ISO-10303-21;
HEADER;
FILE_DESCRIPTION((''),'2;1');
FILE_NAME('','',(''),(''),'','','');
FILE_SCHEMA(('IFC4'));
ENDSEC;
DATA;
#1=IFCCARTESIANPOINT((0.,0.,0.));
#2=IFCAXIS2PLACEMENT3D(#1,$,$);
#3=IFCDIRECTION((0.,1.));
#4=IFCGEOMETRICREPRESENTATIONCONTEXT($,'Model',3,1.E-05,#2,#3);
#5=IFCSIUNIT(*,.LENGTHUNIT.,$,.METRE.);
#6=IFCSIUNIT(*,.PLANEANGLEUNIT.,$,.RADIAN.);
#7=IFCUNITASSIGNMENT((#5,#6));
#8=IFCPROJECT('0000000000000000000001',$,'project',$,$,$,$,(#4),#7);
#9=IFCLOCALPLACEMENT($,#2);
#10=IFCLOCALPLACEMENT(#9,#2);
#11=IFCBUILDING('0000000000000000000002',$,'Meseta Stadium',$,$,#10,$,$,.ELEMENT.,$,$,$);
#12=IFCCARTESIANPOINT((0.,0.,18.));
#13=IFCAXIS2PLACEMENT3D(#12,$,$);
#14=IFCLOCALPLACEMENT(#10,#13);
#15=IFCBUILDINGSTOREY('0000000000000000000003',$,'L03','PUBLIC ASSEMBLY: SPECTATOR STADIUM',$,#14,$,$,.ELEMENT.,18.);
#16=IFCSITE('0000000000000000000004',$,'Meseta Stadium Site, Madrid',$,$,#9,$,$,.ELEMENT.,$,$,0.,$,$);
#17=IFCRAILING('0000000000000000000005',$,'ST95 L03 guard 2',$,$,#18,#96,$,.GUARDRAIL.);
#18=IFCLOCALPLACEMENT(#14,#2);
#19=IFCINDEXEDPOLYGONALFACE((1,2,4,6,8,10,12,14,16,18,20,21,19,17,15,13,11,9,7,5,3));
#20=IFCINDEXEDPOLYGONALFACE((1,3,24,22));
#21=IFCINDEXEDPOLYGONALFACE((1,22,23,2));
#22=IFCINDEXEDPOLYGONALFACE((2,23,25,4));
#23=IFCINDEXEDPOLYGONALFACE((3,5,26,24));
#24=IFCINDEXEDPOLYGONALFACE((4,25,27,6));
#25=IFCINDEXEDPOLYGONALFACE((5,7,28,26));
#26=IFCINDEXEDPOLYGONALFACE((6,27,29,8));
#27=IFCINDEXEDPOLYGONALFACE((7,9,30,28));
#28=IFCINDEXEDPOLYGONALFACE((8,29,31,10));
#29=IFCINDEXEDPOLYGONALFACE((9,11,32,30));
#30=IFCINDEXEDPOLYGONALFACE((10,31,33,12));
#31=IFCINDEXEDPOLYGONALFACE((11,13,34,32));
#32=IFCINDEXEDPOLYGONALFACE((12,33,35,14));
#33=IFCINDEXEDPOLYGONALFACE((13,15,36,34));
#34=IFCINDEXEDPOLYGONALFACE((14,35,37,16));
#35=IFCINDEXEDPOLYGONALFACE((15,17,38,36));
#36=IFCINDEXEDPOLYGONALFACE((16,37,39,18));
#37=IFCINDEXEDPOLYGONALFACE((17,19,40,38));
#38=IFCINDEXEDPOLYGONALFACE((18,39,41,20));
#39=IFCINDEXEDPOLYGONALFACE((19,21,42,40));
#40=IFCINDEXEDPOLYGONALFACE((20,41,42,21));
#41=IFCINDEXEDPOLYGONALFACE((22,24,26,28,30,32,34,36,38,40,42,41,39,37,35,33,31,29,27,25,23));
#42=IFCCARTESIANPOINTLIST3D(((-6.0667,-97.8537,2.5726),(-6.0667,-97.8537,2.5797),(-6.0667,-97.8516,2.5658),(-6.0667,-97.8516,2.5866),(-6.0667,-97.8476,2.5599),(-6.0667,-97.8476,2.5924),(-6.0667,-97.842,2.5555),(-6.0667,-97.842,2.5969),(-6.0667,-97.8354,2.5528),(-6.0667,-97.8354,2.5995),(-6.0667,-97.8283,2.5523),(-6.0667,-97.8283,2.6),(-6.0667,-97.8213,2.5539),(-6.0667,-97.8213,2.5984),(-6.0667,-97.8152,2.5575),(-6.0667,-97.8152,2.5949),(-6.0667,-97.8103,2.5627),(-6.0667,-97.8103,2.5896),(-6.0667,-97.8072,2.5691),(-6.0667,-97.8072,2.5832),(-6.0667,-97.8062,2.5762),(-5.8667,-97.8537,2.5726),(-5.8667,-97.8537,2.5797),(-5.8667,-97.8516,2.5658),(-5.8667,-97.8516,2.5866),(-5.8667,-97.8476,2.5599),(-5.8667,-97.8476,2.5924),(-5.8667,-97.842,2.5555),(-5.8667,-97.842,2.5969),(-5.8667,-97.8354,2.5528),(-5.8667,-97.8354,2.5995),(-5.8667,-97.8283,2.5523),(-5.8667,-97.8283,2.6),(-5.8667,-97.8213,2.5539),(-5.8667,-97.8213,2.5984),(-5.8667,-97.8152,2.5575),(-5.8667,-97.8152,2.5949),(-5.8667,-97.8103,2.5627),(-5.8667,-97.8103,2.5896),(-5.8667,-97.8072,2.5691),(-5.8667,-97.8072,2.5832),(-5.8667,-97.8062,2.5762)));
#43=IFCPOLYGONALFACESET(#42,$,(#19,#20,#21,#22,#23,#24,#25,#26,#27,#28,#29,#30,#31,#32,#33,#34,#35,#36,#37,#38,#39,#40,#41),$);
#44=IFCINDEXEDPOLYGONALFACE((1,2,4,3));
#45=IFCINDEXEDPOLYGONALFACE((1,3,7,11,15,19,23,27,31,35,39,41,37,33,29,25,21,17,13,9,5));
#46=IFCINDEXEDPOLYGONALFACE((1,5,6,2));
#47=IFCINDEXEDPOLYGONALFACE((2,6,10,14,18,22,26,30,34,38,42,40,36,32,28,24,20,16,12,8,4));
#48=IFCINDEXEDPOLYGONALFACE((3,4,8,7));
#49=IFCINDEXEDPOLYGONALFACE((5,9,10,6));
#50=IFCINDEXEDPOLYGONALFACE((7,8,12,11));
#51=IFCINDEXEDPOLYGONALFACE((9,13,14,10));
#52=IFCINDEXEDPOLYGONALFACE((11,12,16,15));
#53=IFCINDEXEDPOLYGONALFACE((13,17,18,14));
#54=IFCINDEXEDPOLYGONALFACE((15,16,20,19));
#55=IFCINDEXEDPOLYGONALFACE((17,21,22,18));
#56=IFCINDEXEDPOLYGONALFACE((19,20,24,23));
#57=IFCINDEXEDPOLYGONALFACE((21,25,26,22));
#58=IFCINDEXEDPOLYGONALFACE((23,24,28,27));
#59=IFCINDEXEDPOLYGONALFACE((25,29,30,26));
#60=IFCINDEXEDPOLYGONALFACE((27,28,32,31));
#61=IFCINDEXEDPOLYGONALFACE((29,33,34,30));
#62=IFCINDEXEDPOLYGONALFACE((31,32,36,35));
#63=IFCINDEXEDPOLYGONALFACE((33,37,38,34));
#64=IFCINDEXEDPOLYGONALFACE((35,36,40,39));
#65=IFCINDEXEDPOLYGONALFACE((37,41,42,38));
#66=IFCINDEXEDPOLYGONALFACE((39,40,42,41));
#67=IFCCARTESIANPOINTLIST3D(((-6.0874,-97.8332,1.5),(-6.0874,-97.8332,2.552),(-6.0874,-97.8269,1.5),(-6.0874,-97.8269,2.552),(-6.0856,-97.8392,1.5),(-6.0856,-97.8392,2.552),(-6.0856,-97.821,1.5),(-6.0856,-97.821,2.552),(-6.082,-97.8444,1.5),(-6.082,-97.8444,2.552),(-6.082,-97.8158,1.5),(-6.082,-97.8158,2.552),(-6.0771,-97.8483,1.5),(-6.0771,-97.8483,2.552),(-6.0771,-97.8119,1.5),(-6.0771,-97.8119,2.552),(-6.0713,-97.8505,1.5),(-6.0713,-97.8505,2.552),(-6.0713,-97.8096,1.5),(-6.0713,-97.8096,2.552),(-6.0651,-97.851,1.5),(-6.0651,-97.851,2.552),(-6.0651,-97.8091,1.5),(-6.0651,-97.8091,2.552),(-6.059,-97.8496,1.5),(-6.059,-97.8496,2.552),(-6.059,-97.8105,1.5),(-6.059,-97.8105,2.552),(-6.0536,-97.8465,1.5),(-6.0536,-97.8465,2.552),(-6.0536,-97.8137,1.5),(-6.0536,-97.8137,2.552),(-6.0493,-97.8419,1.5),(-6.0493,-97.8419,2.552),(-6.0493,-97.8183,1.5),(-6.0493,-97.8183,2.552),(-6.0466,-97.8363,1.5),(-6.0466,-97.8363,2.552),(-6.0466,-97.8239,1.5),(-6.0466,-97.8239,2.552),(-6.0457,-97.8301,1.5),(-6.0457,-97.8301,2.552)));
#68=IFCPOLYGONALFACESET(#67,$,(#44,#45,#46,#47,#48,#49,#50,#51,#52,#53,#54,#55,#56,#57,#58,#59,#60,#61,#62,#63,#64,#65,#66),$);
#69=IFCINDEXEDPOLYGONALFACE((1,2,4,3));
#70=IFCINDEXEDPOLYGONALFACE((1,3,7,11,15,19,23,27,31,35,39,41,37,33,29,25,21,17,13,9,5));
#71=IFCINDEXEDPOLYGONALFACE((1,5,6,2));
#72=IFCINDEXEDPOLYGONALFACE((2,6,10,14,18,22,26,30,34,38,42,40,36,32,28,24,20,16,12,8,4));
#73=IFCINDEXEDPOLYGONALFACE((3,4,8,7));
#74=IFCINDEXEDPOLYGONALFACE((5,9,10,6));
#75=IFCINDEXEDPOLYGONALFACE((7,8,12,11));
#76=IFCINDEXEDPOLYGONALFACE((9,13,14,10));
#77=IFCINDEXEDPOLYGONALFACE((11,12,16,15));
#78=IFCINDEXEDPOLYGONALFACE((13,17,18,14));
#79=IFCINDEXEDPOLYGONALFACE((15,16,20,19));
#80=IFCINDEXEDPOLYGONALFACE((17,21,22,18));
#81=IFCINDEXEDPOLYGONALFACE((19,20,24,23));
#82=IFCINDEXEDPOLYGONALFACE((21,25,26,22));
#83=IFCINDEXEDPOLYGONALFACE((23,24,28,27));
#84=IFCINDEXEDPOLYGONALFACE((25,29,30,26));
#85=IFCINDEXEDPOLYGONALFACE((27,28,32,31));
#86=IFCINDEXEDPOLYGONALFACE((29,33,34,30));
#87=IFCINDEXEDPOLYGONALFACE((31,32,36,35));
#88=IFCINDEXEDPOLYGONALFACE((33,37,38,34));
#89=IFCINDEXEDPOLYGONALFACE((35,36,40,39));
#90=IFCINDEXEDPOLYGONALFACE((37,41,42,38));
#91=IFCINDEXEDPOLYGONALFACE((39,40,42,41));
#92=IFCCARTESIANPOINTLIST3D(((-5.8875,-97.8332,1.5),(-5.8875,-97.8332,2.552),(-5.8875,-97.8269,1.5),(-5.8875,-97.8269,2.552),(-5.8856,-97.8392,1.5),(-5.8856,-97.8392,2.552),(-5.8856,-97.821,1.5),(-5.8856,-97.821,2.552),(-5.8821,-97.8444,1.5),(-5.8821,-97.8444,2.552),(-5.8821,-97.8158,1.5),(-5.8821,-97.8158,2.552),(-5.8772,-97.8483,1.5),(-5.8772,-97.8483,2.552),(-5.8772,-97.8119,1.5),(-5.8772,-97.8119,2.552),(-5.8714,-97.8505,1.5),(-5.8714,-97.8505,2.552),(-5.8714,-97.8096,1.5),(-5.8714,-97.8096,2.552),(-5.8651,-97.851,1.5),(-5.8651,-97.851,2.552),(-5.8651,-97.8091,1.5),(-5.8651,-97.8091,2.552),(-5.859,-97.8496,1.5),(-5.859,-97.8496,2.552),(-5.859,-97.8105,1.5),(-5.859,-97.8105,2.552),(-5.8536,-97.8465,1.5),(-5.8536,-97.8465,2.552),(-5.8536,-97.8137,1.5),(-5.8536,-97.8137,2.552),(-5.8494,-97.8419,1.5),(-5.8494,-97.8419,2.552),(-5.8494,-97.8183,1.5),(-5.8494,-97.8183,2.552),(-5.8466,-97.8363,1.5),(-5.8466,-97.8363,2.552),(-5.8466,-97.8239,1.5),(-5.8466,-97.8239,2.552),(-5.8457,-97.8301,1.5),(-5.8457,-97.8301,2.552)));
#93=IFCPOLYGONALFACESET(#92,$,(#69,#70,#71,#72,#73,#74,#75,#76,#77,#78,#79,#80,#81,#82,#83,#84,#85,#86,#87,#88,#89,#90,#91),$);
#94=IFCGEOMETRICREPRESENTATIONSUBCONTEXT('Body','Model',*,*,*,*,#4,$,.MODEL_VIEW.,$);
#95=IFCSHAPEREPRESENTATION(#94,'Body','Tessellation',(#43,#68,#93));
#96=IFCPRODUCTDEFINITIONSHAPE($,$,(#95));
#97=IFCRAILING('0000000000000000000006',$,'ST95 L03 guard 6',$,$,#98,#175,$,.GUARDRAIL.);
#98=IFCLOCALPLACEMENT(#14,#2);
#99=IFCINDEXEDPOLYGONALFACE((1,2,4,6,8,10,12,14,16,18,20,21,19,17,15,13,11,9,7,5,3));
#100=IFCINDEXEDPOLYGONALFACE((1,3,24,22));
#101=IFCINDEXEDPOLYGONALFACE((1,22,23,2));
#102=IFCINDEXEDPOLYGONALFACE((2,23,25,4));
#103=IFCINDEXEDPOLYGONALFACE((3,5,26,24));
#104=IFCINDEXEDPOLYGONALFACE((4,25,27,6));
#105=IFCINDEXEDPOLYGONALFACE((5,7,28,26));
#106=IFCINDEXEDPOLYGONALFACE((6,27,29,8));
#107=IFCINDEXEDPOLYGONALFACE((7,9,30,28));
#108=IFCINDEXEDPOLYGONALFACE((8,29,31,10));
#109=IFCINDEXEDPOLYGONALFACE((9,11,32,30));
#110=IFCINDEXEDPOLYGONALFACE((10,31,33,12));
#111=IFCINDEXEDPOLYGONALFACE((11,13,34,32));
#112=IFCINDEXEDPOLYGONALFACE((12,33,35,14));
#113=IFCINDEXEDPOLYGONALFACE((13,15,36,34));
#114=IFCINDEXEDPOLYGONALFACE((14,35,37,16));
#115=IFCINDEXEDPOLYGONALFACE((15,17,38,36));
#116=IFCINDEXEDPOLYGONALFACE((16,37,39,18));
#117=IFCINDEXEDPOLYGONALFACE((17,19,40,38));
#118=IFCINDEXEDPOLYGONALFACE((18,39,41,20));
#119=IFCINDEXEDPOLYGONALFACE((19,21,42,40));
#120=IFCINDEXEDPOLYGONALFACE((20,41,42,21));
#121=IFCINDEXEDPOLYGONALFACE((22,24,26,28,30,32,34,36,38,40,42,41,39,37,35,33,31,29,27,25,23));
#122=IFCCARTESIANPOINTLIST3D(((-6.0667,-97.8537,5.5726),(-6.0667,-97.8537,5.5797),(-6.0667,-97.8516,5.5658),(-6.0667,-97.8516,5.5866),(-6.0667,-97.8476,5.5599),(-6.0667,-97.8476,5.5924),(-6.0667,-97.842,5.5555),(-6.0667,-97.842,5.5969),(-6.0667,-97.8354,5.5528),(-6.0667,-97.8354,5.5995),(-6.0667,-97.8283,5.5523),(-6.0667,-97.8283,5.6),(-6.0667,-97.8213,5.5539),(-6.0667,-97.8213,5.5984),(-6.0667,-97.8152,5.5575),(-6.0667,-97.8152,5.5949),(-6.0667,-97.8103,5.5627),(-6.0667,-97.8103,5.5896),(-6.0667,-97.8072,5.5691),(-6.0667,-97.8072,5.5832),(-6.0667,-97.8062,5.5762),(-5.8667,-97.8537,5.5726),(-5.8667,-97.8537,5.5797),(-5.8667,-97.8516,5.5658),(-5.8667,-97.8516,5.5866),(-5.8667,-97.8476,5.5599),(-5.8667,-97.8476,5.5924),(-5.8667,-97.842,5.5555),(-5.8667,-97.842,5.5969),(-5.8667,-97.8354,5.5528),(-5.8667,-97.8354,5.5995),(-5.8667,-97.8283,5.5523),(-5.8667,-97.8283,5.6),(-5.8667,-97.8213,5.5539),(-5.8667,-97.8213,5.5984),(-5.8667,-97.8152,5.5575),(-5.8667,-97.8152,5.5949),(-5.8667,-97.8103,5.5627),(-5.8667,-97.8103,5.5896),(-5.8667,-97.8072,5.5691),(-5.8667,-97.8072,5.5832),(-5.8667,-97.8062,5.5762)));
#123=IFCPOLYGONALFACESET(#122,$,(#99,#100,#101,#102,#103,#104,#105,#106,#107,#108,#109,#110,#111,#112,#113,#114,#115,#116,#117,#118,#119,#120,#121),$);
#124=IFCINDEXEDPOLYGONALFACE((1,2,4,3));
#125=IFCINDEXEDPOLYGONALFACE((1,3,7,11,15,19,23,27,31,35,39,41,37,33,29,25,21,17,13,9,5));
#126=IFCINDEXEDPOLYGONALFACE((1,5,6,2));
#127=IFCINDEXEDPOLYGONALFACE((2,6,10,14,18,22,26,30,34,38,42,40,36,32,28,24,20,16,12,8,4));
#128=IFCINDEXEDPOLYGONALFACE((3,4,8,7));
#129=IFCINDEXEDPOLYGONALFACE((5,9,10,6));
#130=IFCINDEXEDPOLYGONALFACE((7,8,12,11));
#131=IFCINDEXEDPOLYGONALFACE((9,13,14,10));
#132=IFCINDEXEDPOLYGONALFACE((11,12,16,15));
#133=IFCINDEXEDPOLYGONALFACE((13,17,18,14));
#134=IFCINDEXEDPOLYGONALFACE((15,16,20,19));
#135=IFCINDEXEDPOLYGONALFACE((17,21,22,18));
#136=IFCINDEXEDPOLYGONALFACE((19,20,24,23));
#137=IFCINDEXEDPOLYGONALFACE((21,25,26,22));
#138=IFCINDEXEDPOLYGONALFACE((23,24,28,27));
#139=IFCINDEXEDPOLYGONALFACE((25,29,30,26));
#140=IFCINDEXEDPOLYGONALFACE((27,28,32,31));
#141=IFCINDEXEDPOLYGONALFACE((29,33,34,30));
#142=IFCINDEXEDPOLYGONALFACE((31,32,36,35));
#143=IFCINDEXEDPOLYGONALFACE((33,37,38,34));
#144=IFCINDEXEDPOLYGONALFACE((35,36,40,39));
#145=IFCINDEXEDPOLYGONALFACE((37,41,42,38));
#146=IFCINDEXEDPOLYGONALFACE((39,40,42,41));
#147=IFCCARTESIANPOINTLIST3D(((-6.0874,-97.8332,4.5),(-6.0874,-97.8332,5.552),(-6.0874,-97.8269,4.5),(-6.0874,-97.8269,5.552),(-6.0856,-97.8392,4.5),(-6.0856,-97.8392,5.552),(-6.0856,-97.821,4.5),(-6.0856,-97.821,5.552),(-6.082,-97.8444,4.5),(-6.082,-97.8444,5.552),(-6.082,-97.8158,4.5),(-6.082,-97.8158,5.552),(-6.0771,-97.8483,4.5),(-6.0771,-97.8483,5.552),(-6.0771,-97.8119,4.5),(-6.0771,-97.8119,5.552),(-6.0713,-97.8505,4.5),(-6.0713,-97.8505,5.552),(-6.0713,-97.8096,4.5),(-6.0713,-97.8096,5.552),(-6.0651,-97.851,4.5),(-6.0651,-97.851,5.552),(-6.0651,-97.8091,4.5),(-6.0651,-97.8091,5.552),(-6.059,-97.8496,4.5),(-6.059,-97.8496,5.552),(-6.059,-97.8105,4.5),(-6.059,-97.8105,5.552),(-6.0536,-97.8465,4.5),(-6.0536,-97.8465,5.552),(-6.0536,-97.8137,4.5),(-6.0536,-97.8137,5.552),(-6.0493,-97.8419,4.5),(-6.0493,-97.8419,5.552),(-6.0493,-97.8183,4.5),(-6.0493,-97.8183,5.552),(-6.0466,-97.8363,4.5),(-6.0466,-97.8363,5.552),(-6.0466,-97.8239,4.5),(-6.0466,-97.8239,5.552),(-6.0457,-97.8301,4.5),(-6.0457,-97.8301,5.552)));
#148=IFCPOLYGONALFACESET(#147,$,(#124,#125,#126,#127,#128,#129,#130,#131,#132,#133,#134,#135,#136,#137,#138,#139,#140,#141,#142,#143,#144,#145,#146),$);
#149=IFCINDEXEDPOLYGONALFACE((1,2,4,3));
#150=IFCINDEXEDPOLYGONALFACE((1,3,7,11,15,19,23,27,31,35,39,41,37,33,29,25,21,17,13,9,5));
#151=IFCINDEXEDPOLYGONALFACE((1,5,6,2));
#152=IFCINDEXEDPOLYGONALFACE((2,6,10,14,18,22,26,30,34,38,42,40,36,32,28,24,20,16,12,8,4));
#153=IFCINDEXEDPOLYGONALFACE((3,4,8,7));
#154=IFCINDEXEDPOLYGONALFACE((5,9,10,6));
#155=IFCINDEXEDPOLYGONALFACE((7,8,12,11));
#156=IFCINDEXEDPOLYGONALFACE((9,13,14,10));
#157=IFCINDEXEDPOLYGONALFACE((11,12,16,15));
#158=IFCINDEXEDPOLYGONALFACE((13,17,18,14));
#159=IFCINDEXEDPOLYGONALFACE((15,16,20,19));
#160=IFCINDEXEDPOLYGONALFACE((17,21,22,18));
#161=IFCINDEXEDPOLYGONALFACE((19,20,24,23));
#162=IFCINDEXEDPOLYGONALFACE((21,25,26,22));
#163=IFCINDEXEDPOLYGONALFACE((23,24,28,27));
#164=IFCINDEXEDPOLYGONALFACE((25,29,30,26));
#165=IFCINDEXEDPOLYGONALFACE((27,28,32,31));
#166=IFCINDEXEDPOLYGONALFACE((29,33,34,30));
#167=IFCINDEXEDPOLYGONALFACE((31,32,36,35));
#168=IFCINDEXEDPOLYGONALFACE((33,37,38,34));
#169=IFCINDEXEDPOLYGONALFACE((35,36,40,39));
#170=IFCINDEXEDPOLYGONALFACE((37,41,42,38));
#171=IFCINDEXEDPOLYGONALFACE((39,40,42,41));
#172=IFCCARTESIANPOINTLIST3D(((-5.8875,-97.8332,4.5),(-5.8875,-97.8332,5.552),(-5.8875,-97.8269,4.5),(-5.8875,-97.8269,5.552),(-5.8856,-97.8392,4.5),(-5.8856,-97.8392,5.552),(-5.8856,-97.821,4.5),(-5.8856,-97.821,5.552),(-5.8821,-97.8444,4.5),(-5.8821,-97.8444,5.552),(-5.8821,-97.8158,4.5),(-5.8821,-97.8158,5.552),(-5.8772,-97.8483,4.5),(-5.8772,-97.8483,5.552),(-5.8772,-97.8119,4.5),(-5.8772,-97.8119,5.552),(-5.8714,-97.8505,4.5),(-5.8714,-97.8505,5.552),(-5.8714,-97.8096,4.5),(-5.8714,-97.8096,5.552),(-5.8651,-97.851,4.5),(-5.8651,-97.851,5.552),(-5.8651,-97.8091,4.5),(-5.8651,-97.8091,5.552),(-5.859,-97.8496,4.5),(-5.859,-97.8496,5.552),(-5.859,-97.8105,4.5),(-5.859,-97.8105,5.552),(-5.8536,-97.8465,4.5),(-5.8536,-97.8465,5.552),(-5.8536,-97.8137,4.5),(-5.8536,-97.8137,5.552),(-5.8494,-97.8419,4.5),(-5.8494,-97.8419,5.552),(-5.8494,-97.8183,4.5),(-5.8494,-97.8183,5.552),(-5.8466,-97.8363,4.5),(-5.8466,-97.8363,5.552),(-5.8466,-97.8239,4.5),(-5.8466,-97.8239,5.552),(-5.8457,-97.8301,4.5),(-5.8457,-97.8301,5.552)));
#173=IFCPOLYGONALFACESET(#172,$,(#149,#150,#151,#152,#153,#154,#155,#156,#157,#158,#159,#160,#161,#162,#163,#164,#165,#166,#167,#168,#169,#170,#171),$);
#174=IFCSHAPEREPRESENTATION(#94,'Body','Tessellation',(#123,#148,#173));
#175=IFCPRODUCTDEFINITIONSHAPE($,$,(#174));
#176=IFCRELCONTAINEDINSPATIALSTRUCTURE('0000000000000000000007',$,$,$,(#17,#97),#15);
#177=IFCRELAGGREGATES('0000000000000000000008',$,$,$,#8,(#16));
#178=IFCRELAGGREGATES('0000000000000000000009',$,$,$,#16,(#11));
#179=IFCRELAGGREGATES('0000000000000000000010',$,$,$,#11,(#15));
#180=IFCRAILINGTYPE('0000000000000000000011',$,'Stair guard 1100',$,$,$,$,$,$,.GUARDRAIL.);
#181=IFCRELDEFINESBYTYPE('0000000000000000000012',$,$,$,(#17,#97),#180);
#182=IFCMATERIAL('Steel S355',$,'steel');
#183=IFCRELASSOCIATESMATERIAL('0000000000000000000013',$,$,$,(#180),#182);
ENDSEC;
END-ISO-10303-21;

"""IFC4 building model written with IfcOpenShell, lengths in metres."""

from ifc_helpers import new_model, si_unit, direction, frame, origin, origin_2d, place, context, subcontext, project, spatial, circle, extrude, material, type_object, element, save


model = new_model("IFC4")

# Units and contexts
model_context = context("Model", 3, precision=1e-05, world=origin(), true_north=direction((0.0, 1.0)))
body_context = subcontext(model_context, "Body", "Model", "MODEL_VIEW")
ifc_project = project(units=[si_unit("LENGTHUNIT", "METRE"), si_unit("PLANEANGLEUNIT", "RADIAN")], contexts=[model_context])

# Site, building, storey
site_placement = place(None, origin())
site = spatial("IfcSite", under=ifc_project, at=site_placement, Name="Meseta Stadium Site, Madrid", CompositionType="ELEMENT", RefElevation=0.0)
building_placement = place(site_placement, origin())
building = spatial("IfcBuilding", under=site, at=building_placement, Name="Meseta Stadium", CompositionType="ELEMENT")
storey_placement = place(building_placement, frame((0.0, 0.0, 18.0)))
storey = spatial("IfcBuildingStorey", under=building, at=storey_placement, Name="L03", Description="PUBLIC ASSEMBLY: SPECTATOR STADIUM", CompositionType="ELEMENT", Elevation=18.0)

# Railings
ifc_material_1 = material(Name="Steel S355", Category="steel")
railing_type_1 = type_object("IfcRailingType", Name="Stair guard 1100", PredefinedType="GUARDRAIL", material=ifc_material_1)
for number, where, name in (
    (1, (-6.0667, -97.8301, 1.5), "ST95 L03 guard 2"),
    (2, (-6.0667, -97.8301, 4.5), "ST95 L03 guard 6"),
):
    element("IfcRailing", number, at=place(storey_placement, frame(where)), inside=storey, type_object=railing_type_1, Name=name, PredefinedType="GUARDRAIL", context=body_context, shape_type="SweptSolid", body=[
        extrude(circle(Radius=0.0239, at=origin_2d()), frame((0.0, 0.0, 1.0762), z_axis=(1.0, 0.0, 0.0), x_axis=(0.0, 1.0, 0.0)), (0.0, 0.0, 1.0), 0.2),
        extrude(circle(Radius=0.021, at=origin_2d()), origin(), (0.0, 0.0, 1.0), 1.052),
        extrude(circle(Radius=0.021, at=origin_2d()), frame((0.2, 0.0, 0.0)), (0.0, 0.0, 1.0), 1.052),
    ])

save(model, "model.ifc")
